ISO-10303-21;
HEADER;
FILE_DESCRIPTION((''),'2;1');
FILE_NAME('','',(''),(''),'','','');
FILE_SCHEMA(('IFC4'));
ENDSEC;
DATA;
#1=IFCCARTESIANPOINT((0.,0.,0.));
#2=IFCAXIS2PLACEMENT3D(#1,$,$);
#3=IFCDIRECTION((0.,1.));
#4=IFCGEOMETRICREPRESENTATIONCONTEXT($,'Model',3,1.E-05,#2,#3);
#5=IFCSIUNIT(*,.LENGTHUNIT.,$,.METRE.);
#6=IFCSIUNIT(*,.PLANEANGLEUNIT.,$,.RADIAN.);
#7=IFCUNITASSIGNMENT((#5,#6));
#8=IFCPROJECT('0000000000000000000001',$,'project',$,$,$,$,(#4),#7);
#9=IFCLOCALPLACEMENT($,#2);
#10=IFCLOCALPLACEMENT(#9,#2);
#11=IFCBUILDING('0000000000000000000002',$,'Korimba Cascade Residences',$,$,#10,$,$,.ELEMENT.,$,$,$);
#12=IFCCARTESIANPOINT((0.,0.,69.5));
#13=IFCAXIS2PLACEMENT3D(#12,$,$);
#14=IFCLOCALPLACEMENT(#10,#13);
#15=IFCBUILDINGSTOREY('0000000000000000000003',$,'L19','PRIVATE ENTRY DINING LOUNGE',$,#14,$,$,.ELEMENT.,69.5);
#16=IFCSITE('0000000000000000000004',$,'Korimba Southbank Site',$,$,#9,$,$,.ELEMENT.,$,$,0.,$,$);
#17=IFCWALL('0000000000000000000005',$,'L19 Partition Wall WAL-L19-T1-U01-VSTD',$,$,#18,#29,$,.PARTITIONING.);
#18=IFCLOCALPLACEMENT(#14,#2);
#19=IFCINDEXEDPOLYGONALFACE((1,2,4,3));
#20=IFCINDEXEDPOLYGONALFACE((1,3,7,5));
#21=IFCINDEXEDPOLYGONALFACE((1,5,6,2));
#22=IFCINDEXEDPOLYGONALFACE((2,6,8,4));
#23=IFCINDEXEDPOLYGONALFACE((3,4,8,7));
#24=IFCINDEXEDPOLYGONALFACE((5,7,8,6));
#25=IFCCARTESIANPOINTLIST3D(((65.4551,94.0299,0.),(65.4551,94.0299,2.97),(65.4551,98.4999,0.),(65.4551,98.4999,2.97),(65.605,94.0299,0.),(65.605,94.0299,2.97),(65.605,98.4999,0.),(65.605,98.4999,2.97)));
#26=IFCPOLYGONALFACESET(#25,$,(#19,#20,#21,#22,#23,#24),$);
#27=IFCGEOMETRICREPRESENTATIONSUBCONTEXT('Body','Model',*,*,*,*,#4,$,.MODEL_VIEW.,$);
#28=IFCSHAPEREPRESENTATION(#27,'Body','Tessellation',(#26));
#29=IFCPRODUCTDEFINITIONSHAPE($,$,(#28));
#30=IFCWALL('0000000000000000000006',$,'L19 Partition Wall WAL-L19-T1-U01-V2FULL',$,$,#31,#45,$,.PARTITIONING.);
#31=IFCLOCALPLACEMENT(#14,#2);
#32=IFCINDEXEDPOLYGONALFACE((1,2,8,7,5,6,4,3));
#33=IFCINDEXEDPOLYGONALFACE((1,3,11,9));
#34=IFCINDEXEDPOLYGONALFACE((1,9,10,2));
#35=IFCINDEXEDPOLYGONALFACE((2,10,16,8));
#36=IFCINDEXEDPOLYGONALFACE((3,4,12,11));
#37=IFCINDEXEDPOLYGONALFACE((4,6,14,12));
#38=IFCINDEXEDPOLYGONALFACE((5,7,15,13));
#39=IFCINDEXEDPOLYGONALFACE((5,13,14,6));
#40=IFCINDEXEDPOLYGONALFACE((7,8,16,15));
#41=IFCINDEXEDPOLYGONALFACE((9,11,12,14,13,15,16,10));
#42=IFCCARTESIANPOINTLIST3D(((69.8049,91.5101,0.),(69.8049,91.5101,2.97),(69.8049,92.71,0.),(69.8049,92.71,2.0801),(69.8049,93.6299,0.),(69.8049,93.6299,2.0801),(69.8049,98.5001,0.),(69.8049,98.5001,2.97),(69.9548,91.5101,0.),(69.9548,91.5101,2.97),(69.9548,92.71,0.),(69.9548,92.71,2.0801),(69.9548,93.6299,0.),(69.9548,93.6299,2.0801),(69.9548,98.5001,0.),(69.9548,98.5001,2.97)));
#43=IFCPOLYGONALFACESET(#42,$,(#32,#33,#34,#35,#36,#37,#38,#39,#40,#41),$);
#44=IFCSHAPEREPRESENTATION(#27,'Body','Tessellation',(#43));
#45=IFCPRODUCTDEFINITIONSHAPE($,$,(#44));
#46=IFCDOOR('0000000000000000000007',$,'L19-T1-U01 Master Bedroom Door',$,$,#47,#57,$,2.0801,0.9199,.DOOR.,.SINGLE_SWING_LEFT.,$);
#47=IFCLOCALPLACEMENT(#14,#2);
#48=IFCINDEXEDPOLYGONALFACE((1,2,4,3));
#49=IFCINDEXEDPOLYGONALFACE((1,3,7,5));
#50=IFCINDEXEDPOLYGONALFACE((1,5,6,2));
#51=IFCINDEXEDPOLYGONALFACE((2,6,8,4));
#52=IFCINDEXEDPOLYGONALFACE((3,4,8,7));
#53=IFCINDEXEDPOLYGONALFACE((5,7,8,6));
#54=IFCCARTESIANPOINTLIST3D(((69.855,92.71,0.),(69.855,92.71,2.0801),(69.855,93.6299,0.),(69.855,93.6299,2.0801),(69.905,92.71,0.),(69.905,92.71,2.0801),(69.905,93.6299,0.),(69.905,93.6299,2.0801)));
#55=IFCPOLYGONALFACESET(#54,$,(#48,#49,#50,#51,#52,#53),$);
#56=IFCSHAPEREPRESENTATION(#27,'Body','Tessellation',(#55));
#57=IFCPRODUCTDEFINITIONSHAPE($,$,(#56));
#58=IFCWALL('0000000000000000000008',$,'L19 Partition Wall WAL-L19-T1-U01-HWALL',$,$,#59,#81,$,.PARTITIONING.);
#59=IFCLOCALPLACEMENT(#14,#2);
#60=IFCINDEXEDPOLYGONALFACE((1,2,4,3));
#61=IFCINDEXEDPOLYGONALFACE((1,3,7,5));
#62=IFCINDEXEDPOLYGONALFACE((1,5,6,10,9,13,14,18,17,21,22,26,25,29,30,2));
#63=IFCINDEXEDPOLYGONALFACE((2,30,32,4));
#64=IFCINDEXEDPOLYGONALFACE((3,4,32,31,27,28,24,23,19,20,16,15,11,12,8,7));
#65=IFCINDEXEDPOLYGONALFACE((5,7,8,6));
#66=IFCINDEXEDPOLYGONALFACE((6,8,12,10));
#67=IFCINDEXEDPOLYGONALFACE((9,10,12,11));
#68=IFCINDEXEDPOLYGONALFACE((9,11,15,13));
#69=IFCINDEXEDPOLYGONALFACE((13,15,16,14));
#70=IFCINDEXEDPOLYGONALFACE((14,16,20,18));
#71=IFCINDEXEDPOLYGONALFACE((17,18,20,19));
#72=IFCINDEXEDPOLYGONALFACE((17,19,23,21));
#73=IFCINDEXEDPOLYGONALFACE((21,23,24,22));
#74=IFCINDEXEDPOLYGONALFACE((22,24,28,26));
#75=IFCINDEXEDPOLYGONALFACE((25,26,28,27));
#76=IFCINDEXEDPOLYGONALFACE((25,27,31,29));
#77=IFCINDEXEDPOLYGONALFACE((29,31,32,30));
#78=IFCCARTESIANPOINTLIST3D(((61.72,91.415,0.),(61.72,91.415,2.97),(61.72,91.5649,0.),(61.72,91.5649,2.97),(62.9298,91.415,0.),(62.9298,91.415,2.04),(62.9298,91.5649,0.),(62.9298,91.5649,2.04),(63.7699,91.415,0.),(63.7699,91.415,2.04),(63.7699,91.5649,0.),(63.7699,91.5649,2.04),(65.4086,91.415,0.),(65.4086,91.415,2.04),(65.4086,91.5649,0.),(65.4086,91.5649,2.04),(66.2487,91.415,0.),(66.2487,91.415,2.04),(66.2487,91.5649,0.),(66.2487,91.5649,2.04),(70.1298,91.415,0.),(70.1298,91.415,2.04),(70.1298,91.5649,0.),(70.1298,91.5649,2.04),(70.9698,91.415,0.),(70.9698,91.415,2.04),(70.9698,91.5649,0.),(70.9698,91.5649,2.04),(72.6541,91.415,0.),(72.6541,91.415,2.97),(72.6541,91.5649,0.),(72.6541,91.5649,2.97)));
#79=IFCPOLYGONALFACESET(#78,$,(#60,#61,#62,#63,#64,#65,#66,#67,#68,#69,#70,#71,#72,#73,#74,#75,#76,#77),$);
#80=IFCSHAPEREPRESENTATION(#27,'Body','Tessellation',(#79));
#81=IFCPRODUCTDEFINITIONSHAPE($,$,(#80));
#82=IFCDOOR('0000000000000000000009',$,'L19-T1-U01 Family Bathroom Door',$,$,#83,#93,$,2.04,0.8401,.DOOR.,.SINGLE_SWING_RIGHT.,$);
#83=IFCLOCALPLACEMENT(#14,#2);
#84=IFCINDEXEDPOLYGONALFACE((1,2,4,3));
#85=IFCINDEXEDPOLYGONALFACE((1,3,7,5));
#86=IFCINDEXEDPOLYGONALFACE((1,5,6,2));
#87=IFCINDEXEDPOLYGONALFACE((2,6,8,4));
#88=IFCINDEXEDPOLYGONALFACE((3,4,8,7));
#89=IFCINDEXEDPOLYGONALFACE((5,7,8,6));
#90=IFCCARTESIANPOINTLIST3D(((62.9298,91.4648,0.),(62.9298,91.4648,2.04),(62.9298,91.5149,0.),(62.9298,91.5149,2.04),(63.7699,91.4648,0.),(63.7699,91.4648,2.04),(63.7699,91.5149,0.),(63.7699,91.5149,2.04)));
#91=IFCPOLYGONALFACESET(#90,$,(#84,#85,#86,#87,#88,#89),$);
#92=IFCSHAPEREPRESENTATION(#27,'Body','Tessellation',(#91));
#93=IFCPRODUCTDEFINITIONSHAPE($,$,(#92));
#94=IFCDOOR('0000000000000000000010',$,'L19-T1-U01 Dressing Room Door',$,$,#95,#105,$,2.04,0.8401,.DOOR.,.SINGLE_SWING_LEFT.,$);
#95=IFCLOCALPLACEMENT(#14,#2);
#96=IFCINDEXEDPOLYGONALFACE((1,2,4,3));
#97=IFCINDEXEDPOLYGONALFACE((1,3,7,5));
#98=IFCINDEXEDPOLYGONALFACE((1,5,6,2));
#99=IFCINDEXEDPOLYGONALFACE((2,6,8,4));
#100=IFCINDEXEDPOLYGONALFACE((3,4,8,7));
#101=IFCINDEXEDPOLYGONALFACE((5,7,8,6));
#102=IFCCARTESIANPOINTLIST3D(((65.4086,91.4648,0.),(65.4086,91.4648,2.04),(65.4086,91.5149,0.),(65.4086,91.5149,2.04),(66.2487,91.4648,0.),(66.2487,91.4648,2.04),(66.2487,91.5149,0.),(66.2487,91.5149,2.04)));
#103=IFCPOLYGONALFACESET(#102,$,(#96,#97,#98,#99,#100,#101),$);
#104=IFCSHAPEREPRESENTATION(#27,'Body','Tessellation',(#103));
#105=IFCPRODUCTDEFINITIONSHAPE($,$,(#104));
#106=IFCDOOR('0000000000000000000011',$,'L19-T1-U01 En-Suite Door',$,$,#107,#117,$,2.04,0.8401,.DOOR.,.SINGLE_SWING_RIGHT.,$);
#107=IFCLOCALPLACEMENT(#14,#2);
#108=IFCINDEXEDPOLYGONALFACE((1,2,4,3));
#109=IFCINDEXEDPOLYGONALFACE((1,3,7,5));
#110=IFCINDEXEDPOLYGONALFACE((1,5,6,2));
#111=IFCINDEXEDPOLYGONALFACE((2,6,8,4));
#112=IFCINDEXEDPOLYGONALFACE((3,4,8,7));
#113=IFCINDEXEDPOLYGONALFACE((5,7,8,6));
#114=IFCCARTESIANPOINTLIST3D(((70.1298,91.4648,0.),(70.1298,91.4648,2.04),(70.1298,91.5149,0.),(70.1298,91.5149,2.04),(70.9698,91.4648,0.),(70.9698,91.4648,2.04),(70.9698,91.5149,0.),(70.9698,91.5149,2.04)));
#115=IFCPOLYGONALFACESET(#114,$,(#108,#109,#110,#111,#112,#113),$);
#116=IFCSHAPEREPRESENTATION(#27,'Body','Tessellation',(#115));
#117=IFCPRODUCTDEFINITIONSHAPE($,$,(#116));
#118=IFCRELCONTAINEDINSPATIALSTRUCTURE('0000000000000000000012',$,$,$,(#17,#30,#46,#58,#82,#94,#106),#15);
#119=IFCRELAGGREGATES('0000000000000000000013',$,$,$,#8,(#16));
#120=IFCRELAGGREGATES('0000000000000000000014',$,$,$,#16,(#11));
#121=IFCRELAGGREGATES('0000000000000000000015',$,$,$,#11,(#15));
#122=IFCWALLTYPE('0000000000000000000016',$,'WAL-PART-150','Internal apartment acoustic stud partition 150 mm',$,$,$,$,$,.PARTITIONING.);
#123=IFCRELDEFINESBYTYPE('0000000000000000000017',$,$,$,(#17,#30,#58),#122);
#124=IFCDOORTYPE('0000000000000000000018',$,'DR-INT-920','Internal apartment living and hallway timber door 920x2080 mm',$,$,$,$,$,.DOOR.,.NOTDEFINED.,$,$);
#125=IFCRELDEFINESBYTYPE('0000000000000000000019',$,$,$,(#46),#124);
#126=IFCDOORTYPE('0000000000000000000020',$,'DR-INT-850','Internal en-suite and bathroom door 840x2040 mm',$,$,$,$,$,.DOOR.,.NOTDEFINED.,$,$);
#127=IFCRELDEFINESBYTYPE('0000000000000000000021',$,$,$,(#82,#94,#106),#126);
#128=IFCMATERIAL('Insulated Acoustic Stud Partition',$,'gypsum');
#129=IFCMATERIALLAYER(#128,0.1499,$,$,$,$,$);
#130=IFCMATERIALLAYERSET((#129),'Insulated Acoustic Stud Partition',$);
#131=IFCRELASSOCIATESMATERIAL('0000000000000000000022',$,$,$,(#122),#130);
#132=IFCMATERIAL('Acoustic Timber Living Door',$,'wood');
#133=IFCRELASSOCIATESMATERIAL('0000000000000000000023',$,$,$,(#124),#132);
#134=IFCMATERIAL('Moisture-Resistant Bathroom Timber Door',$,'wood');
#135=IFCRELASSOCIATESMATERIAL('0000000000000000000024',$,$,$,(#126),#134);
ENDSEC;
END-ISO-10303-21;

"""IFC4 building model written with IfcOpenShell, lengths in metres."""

from ifc_helpers import new_model, si_unit, direction, frame, frame_2d, origin, place, context, subcontext, project, spatial, rectangle, extrude, material, layer, layer_set, type_object, element, fill, save


model = new_model("IFC4")

# Units and contexts
model_context = context("Model", 3, precision=1e-05, world=origin(), true_north=direction((0.0, 1.0)))
body_context = subcontext(model_context, "Body", "Model", "MODEL_VIEW")
ifc_project = project(units=[si_unit("LENGTHUNIT", "METRE"), si_unit("PLANEANGLEUNIT", "RADIAN")], contexts=[model_context])

# Site, building, storey
site_placement = place(None, origin())
site = spatial("IfcSite", under=ifc_project, at=site_placement, Name="Korimba Southbank Site", CompositionType="ELEMENT", RefElevation=0.0)
building_placement = place(site_placement, origin())
building = spatial("IfcBuilding", under=site, at=building_placement, Name="Korimba Cascade Residences", CompositionType="ELEMENT")
storey_placement = place(building_placement, frame((0.0, 0.0, 69.5)))
storey = spatial("IfcBuildingStorey", under=building, at=storey_placement, Name="L19", Description="PRIVATE ENTRY DINING LOUNGE", CompositionType="ELEMENT", Elevation=69.5)

# Wall
ifc_material_1 = material(Name="Insulated Acoustic Stud Partition", Category="gypsum")
ifc_layer_1 = layer(ifc_material_1, 0.1499)
ifc_layer_set_1 = layer_set([ifc_layer_1], Name="Insulated Acoustic Stud Partition")
wall_type_1 = type_object("IfcWallType", Name="WAL-PART-150", Description="Internal apartment acoustic stud partition 150 mm", PredefinedType="PARTITIONING", material=ifc_layer_set_1)
wall_1_placement = place(storey_placement, frame((65.53, 94.03, 0.0), z_axis=(0.0, 0.0, 1.0), x_axis=(0.0, 1.0, 0.0)))
element("IfcWall", 1, at=wall_1_placement, inside=storey, type_object=wall_type_1, Name="L19 Partition Wall WAL-L19-T1-U01-VSTD", PredefinedType="PARTITIONING", context=body_context, shape_type="SweptSolid", body=[
    extrude(rectangle(XDim=4.47, YDim=0.1499, at=frame_2d((2.2349, 0.0))), origin(), (0.0, 0.0, 1.0), 2.97),
])

# Wall, opening, door
wall_2_placement = place(storey_placement, frame((69.8799, 91.51, 0.0), z_axis=(0.0, 0.0, 1.0), x_axis=(0.0, 1.0, 0.0)))
wall_2 = element("IfcWall", 2, at=wall_2_placement, inside=storey, type_object=wall_type_1, Name="L19 Partition Wall WAL-L19-T1-U01-V2FULL", PredefinedType="PARTITIONING", context=body_context, shape_type="SweptSolid", body=[
    extrude(rectangle(XDim=6.99, YDim=0.1499, at=frame_2d((3.4951, 0.0))), origin(), (0.0, 0.0, 1.0), 2.97),
])
opening_1_placement = place(wall_2_placement, frame((1.2, 0.0, 0.0)))
opening_1 = element("IfcOpeningElement", 3, at=opening_1_placement, cuts=wall_2, PredefinedType="OPENING", context=body_context, shape_type="SweptSolid", body=[
    extrude(rectangle(XDim=0.9199, YDim=2.0801, at=frame_2d((0.46, 1.04))), frame((0.0, 0.085, 0.0), z_axis=(0.0, -1.0, 0.0), x_axis=(1.0, 0.0, 0.0)), (0.0, 0.0, 1.0), 0.1699),
])
ifc_material_2 = material(Name="Acoustic Timber Living Door", Category="wood")
door_type_1 = type_object("IfcDoorType", Name="DR-INT-920", Description="Internal apartment living and hallway timber door 920x2080 mm", OperationType="NOTDEFINED", PredefinedType="DOOR", material=ifc_material_2)
door_1_placement = place(opening_1_placement, origin())
door_1 = element("IfcDoor", 4, at=door_1_placement, inside=storey, type_object=door_type_1, Name="L19-T1-U01 Master Bedroom Door", OperationType="SINGLE_SWING_LEFT", OverallHeight=2.0801, OverallWidth=0.9199, PredefinedType="DOOR", context=body_context, shape_type="SweptSolid", body=[
    extrude(rectangle(XDim=0.9199, YDim=2.0801, at=frame_2d((0.46, 1.04))), frame((0.0, 0.0249, 0.0), z_axis=(0.0, -1.0, 0.0), x_axis=(1.0, 0.0, 0.0)), (0.0, 0.0, 1.0), 0.05),
])
fill(opening_1, door_1)

# Wall, openings, doors
wall_3_placement = place(storey_placement, frame((61.72, 91.49, 0.0), z_axis=(0.0, 0.0, 1.0), x_axis=(1.0, 0.0, 0.0)))
wall_3 = element("IfcWall", 5, at=wall_3_placement, inside=storey, type_object=wall_type_1, Name="L19 Partition Wall WAL-L19-T1-U01-HWALL", PredefinedType="PARTITIONING", context=body_context, shape_type="SweptSolid", body=[
    extrude(rectangle(XDim=10.9341, YDim=0.1499, at=frame_2d((5.467, 0.0))), origin(), (0.0, 0.0, 1.0), 2.97),
])
opening_2_placement = place(wall_3_placement, frame((1.21, 0.0, 0.0)))
opening_2 = element("IfcOpeningElement", 6, at=opening_2_placement, cuts=wall_3, PredefinedType="OPENING", context=body_context, shape_type="SweptSolid", body=[
    extrude(rectangle(XDim=0.8401, YDim=2.04, at=frame_2d((0.4199, 1.02))), frame((0.0, 0.085, 0.0), z_axis=(0.0, -1.0, 0.0), x_axis=(1.0, 0.0, 0.0)), (0.0, 0.0, 1.0), 0.1699),
])
opening_3_placement = place(wall_3_placement, frame((3.6887, 0.0, 0.0)))
opening_3 = element("IfcOpeningElement", 7, at=opening_3_placement, cuts=wall_3, PredefinedType="OPENING", context=body_context, shape_type="SweptSolid", body=[
    extrude(rectangle(XDim=0.8401, YDim=2.04, at=frame_2d((0.4199, 1.02))), frame((0.0, 0.085, 0.0), z_axis=(0.0, -1.0, 0.0), x_axis=(1.0, 0.0, 0.0)), (0.0, 0.0, 1.0), 0.1699),
])
opening_4_placement = place(wall_3_placement, frame((8.4099, 0.0, 0.0)))
opening_4 = element("IfcOpeningElement", 8, at=opening_4_placement, cuts=wall_3, PredefinedType="OPENING", context=body_context, shape_type="SweptSolid", body=[
    extrude(rectangle(XDim=0.8401, YDim=2.04, at=frame_2d((0.4199, 1.02))), frame((0.0, 0.085, 0.0), z_axis=(0.0, -1.0, 0.0), x_axis=(1.0, 0.0, 0.0)), (0.0, 0.0, 1.0), 0.1699),
])
ifc_material_3 = material(Name="Moisture-Resistant Bathroom Timber Door", Category="wood")
door_type_2 = type_object("IfcDoorType", Name="DR-INT-850", Description="Internal en-suite and bathroom door 840x2040 mm", OperationType="NOTDEFINED", PredefinedType="DOOR", material=ifc_material_3)
door_2_placement = place(opening_2_placement, origin())
door_2 = element("IfcDoor", 9, at=door_2_placement, inside=storey, type_object=door_type_2, Name="L19-T1-U01 Family Bathroom Door", OperationType="SINGLE_SWING_RIGHT", OverallHeight=2.04, OverallWidth=0.8401, PredefinedType="DOOR", context=body_context, shape_type="SweptSolid", body=[
    extrude(rectangle(XDim=0.8401, YDim=2.04, at=frame_2d((0.4199, 1.02))), frame((0.0, 0.0249, 0.0), z_axis=(0.0, -1.0, 0.0), x_axis=(1.0, 0.0, 0.0)), (0.0, 0.0, 1.0), 0.05),
])
fill(opening_2, door_2)
door_3_placement = place(opening_3_placement, origin())
door_3 = element("IfcDoor", 10, at=door_3_placement, inside=storey, type_object=door_type_2, Name="L19-T1-U01 Dressing Room Door", OperationType="SINGLE_SWING_LEFT", OverallHeight=2.04, OverallWidth=0.8401, PredefinedType="DOOR", context=body_context, shape_type="SweptSolid", body=[
    extrude(rectangle(XDim=0.8401, YDim=2.04, at=frame_2d((0.4199, 1.02))), frame((0.0, 0.0249, 0.0), z_axis=(0.0, -1.0, 0.0), x_axis=(1.0, 0.0, 0.0)), (0.0, 0.0, 1.0), 0.05),
])
fill(opening_3, door_3)
door_4_placement = place(opening_4_placement, origin())
door_4 = element("IfcDoor", 11, at=door_4_placement, inside=storey, type_object=door_type_2, Name="L19-T1-U01 En-Suite Door", OperationType="SINGLE_SWING_RIGHT", OverallHeight=2.04, OverallWidth=0.8401, PredefinedType="DOOR", context=body_context, shape_type="SweptSolid", body=[
    extrude(rectangle(XDim=0.8401, YDim=2.04, at=frame_2d((0.4199, 1.02))), frame((0.0, 0.0249, 0.0), z_axis=(0.0, -1.0, 0.0), x_axis=(1.0, 0.0, 0.0)), (0.0, 0.0, 1.0), 0.05),
])
fill(opening_4, door_4)

save(model, "model.ifc")
